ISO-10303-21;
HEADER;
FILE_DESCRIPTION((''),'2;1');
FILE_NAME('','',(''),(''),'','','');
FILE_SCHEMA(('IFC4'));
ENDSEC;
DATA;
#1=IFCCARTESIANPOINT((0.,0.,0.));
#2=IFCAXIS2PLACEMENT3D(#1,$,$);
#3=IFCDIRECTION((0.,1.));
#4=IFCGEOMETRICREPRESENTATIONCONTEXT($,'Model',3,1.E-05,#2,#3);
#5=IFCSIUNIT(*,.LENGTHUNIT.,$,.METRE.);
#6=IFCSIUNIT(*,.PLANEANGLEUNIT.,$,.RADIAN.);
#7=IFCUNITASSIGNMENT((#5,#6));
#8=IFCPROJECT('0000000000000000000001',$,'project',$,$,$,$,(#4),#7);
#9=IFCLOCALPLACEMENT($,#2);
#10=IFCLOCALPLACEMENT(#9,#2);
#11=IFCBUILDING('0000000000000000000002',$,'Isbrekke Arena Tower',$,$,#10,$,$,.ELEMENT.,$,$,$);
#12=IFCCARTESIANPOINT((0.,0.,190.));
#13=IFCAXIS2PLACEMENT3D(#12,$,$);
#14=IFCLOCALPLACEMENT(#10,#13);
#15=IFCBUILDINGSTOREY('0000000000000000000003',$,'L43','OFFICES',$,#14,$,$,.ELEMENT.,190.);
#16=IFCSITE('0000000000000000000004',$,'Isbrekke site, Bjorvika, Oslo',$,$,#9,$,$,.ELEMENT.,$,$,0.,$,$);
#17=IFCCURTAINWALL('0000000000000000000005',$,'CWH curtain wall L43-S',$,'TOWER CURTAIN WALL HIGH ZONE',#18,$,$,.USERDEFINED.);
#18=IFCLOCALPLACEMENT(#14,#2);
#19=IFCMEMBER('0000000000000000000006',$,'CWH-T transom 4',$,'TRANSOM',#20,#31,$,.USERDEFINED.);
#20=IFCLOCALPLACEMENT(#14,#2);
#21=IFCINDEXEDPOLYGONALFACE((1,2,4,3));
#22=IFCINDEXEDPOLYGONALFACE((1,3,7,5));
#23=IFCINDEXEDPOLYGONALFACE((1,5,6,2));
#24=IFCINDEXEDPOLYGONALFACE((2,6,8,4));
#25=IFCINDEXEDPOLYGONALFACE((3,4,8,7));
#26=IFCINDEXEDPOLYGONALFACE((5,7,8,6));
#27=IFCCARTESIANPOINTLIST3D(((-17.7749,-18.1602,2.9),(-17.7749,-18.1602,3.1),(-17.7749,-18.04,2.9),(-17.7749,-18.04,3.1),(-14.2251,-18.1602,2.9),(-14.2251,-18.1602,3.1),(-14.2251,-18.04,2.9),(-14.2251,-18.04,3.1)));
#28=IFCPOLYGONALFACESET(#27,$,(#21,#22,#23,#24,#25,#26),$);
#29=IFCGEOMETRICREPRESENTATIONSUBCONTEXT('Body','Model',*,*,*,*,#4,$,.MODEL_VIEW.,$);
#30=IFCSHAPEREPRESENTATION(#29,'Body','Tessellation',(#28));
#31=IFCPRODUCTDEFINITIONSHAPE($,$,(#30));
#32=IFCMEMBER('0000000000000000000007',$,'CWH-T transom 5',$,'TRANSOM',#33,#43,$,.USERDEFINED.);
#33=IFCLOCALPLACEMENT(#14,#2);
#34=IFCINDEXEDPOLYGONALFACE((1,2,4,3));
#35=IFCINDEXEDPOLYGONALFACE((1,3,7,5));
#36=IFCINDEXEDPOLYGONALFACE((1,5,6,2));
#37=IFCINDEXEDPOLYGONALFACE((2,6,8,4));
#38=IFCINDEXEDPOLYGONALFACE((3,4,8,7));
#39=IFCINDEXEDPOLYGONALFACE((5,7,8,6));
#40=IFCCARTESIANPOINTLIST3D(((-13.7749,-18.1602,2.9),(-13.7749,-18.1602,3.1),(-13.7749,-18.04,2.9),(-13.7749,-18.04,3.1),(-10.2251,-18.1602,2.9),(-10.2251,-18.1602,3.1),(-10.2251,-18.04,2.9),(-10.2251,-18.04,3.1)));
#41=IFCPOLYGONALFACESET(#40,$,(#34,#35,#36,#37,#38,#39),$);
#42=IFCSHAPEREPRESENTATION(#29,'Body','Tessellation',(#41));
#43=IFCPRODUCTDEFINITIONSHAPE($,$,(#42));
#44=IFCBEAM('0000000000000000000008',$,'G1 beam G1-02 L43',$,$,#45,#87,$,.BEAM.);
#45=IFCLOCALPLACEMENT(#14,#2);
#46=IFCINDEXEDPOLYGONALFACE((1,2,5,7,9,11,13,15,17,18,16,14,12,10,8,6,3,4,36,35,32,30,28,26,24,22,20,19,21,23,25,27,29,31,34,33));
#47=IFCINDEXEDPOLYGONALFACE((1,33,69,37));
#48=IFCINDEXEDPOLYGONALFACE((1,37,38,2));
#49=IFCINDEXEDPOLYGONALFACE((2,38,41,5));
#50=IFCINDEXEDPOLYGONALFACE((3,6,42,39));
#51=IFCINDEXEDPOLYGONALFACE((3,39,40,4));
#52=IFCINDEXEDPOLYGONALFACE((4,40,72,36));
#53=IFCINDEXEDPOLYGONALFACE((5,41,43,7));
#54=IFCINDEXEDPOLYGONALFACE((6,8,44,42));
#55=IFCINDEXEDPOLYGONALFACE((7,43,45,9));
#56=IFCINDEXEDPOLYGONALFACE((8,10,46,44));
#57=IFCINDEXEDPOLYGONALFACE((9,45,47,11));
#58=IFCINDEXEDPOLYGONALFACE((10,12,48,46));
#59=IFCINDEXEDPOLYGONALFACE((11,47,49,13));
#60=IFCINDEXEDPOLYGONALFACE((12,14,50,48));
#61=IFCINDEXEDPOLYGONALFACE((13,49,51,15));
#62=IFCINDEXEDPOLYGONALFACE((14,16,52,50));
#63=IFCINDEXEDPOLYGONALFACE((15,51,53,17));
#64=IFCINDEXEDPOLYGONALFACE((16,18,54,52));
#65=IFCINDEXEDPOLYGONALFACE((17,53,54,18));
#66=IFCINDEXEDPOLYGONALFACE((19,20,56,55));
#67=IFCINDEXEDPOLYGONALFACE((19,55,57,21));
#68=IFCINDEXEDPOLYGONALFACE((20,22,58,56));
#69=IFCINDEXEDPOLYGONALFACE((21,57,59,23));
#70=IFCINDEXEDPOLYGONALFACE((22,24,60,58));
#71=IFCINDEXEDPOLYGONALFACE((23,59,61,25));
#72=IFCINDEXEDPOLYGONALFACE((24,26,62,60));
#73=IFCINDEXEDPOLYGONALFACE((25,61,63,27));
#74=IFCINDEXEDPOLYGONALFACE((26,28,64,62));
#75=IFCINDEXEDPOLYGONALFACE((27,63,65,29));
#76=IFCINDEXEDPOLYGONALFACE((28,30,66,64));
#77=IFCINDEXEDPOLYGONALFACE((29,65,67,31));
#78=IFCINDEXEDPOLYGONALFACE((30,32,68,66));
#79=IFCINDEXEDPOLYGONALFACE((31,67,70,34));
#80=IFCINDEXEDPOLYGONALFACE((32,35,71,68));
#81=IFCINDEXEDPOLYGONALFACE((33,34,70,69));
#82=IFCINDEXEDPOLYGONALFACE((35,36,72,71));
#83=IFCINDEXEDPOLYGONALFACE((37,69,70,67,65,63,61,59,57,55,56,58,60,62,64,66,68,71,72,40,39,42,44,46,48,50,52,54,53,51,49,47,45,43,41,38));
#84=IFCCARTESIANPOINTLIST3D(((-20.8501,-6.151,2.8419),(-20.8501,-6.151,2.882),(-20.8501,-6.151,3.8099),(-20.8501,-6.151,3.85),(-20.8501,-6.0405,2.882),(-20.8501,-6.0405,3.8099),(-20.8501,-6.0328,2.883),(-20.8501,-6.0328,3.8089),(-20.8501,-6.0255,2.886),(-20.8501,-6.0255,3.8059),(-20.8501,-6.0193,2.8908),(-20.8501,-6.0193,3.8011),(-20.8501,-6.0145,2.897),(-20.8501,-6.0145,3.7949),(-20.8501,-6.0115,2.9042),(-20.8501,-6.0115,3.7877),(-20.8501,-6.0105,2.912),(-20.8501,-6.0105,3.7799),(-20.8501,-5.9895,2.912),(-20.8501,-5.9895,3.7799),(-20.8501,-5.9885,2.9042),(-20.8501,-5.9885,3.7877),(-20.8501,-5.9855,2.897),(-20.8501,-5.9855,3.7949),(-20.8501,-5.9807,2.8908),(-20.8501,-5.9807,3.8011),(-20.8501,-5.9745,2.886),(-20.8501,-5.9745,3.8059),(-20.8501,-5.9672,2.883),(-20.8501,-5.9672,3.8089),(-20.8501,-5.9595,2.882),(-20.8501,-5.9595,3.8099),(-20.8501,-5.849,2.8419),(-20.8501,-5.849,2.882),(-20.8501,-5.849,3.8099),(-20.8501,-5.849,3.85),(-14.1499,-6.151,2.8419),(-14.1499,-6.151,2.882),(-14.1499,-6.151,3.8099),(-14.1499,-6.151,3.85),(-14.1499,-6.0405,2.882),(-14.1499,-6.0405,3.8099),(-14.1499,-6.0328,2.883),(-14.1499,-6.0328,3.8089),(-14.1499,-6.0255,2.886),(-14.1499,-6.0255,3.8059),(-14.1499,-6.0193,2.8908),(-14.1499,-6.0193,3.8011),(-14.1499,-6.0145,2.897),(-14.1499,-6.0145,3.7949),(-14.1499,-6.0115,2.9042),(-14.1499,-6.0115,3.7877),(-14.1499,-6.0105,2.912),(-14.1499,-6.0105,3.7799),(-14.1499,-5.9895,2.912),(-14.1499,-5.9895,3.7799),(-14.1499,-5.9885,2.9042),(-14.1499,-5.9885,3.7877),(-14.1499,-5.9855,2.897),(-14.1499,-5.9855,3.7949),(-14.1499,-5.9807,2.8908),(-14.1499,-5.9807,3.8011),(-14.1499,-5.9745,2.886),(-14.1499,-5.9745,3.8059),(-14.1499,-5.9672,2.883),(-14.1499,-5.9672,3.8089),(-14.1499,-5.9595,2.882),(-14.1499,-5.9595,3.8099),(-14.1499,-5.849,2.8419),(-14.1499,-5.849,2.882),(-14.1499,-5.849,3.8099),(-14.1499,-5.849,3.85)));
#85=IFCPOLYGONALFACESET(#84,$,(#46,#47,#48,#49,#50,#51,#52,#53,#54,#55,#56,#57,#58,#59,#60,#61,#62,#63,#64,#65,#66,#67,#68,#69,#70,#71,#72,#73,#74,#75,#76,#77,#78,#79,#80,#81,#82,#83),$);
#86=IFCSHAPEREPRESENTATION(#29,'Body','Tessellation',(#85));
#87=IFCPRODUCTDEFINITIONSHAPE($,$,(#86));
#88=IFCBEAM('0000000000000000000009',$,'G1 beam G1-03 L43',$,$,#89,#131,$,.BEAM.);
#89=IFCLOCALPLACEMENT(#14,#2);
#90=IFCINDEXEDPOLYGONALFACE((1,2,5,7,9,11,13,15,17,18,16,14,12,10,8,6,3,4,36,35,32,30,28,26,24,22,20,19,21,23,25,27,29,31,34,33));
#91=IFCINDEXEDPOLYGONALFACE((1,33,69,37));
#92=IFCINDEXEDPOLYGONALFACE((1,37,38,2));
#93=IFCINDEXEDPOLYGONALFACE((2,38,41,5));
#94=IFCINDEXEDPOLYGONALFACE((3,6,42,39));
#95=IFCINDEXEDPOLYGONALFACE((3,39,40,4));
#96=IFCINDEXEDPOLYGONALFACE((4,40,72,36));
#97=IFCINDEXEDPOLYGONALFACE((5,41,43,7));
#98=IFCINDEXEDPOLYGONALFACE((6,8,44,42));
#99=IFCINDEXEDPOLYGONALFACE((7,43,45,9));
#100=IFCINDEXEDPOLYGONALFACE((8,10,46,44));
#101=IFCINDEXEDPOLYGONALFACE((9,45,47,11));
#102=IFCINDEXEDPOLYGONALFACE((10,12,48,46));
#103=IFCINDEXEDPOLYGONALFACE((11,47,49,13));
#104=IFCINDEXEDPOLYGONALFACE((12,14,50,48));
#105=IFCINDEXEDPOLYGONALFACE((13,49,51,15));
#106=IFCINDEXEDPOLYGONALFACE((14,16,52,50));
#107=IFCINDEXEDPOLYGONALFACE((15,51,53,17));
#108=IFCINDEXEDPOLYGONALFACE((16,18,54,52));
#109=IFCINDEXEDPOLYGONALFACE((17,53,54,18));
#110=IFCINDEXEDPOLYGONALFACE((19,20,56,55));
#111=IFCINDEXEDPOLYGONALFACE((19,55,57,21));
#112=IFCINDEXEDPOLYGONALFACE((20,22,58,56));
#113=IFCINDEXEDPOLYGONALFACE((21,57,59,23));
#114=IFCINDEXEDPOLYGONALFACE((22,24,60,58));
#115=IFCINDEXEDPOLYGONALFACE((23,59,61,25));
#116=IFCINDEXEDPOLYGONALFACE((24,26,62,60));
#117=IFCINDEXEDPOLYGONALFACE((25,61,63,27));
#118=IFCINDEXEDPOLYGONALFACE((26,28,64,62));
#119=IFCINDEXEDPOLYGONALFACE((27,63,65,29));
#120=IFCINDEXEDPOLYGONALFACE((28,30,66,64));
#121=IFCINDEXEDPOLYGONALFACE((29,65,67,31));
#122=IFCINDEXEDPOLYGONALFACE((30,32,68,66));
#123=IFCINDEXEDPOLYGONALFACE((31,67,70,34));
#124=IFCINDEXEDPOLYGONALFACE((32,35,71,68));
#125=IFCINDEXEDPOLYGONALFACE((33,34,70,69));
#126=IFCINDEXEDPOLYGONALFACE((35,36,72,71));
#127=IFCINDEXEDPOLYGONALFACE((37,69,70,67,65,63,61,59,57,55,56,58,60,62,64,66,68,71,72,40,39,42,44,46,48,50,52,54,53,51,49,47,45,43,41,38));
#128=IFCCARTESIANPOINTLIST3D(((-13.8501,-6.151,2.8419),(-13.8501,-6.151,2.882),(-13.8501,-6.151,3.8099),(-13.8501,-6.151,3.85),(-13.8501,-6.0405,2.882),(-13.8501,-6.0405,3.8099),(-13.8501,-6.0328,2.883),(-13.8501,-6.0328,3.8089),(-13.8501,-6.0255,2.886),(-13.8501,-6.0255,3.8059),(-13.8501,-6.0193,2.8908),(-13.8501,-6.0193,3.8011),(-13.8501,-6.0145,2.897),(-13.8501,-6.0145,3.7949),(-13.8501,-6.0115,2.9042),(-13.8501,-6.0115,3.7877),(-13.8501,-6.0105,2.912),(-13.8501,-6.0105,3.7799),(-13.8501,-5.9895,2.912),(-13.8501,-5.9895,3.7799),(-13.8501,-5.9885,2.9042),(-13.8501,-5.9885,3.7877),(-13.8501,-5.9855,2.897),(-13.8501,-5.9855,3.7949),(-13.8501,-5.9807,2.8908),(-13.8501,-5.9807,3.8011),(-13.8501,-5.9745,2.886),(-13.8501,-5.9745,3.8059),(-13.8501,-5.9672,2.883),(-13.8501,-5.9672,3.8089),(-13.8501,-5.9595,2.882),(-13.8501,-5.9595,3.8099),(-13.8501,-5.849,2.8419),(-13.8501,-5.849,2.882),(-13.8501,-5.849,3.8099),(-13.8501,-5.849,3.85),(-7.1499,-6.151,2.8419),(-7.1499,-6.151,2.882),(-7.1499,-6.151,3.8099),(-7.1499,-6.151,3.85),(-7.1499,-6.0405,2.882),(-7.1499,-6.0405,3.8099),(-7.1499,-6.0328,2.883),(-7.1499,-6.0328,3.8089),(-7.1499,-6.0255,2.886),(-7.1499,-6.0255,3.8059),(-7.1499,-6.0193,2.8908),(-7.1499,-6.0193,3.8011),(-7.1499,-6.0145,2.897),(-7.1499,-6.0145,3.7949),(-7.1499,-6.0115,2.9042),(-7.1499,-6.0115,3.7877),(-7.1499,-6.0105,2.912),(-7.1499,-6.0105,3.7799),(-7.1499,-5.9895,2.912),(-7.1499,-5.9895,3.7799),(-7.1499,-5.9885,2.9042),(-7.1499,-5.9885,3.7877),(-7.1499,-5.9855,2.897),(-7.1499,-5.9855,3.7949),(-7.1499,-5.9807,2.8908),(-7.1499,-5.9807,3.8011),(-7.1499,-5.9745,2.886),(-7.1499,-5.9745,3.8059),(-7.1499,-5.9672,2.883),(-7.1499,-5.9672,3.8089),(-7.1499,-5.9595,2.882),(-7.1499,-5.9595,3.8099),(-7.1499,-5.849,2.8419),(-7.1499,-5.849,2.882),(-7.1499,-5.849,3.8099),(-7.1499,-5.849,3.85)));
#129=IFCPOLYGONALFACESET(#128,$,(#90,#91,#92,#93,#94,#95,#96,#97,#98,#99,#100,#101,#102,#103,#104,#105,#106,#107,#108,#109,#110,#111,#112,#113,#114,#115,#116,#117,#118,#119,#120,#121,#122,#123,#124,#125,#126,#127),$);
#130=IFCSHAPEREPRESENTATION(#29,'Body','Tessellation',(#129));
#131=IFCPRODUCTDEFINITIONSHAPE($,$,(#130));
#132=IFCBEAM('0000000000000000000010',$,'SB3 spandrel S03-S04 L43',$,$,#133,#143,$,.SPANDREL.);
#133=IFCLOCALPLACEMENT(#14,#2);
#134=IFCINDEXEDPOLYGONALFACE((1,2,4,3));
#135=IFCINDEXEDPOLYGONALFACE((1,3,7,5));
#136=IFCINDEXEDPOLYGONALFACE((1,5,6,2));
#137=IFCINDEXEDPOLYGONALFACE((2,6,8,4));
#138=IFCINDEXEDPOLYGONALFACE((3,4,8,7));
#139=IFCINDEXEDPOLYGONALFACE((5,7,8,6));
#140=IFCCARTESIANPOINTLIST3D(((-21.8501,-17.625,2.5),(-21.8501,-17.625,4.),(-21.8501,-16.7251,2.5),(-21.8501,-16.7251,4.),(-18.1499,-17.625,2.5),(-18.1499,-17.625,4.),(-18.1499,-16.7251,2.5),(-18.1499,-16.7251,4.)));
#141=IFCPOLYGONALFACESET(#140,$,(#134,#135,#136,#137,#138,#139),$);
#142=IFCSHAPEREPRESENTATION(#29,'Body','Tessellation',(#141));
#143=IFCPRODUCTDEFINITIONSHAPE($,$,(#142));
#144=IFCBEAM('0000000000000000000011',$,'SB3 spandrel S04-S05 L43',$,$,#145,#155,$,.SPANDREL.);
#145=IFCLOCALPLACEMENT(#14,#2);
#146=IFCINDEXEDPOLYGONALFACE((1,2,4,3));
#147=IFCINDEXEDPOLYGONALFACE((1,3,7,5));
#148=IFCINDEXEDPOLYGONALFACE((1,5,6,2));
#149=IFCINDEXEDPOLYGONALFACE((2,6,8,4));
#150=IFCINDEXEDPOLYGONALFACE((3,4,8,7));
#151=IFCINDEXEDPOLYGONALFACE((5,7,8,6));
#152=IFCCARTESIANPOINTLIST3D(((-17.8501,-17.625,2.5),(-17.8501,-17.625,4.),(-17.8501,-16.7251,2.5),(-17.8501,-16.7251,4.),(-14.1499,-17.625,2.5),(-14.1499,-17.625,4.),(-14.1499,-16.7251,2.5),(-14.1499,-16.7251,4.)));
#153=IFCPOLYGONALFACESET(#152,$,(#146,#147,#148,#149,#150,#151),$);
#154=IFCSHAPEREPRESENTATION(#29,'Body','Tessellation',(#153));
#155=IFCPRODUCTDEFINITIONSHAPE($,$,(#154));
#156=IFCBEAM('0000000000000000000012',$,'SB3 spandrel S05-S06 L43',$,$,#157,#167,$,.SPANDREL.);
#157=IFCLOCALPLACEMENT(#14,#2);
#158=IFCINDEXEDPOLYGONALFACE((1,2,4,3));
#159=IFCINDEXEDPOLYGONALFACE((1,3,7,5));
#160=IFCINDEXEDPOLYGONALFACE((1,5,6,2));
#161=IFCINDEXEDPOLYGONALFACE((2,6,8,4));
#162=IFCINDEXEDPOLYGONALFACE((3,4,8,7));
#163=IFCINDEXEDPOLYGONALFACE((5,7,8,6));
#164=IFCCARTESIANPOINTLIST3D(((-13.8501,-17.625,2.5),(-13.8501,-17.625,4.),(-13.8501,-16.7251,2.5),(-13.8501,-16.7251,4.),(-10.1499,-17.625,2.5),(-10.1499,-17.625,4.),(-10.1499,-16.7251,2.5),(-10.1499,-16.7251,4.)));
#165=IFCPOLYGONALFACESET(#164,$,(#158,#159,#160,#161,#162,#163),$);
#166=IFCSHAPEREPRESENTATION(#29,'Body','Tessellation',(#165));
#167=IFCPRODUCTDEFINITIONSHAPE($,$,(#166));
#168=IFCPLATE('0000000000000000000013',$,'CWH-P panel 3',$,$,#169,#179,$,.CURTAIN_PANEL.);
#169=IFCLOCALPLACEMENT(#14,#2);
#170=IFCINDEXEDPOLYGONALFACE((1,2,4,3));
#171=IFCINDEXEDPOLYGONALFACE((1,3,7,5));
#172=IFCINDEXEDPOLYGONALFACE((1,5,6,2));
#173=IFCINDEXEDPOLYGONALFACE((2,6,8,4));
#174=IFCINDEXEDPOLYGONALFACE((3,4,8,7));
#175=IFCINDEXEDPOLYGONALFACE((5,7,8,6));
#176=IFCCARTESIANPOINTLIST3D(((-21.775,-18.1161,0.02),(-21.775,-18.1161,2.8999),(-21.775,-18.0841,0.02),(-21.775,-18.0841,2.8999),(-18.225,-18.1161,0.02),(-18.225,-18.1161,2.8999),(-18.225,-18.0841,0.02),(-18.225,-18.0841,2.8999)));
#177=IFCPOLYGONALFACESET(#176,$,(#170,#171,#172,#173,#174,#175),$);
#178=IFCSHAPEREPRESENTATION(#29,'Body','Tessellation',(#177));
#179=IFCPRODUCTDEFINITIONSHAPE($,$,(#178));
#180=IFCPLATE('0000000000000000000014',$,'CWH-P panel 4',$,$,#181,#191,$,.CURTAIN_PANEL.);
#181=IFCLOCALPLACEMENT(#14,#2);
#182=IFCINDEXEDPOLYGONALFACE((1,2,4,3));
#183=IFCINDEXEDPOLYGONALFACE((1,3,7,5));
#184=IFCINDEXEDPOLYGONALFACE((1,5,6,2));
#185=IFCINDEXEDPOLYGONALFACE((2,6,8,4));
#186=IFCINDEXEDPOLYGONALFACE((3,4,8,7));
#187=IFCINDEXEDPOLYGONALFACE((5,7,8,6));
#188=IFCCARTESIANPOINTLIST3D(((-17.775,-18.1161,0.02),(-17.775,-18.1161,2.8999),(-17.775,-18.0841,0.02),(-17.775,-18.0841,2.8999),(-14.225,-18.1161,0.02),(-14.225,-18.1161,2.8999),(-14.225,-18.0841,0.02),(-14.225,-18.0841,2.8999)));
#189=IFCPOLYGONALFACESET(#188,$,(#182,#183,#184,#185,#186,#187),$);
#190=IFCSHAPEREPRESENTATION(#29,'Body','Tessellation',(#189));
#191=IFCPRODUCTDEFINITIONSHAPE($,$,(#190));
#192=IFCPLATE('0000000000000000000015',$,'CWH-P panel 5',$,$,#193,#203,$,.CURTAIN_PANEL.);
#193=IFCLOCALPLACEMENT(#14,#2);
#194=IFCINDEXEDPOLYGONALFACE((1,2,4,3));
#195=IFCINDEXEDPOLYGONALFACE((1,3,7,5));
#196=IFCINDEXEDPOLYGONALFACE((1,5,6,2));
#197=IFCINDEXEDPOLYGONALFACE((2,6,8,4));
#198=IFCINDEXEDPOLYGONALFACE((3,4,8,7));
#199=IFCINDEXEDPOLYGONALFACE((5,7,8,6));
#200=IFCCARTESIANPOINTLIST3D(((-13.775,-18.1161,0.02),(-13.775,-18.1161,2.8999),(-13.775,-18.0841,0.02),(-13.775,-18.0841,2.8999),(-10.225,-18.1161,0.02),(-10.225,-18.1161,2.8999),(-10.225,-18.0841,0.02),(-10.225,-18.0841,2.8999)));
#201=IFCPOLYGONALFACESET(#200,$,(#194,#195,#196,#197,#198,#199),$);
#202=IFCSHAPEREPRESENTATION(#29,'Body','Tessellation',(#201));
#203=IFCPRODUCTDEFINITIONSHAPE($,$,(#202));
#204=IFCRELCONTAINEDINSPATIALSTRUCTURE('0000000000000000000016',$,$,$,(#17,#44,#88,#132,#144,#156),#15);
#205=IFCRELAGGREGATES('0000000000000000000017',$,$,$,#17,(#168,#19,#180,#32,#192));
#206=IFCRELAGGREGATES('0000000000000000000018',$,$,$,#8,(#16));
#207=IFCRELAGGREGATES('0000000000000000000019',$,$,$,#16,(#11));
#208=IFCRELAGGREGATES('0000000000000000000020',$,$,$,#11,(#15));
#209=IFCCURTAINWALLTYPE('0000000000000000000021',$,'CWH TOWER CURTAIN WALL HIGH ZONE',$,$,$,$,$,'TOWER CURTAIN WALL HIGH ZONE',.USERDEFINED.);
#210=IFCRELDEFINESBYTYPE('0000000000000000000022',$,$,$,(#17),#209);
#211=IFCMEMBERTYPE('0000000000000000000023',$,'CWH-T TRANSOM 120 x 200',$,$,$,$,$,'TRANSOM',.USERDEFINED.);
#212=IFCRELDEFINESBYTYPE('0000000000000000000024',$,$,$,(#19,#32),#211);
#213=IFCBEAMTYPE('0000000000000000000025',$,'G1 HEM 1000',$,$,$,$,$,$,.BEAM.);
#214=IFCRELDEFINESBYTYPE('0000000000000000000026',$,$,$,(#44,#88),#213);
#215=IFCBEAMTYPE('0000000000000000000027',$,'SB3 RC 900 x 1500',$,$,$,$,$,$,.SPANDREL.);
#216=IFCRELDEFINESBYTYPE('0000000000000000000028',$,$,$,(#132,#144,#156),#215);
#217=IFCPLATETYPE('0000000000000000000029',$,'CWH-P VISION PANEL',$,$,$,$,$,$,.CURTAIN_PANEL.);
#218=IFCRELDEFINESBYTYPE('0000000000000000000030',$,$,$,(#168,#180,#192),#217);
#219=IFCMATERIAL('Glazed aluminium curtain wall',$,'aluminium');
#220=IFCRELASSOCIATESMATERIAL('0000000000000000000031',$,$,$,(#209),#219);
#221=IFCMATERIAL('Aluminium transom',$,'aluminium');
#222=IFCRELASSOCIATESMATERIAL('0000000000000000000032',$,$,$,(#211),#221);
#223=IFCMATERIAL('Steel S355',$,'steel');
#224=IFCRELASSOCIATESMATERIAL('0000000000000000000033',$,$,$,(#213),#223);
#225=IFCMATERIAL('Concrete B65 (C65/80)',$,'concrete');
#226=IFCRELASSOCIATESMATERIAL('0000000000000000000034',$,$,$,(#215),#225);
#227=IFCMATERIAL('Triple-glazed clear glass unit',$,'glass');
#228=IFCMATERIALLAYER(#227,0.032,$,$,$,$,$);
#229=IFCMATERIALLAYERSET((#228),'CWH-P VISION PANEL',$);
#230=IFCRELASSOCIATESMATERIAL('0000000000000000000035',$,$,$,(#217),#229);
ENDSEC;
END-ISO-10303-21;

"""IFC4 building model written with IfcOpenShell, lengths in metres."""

from ifc_helpers import new_model, si_unit, direction, frame, origin, origin_2d, place, context, subcontext, project, spatial, rectangle, i_section, extrude, material, layer, layer_set, material_profile, profile_set, type_object, element, aggregate, save


model = new_model("IFC4")

# Units and contexts
model_context = context("Model", 3, precision=1e-05, world=origin(), true_north=direction((0.0, 1.0)))
body_context = subcontext(model_context, "Body", "Model", "MODEL_VIEW")
ifc_project = project(units=[si_unit("LENGTHUNIT", "METRE"), si_unit("PLANEANGLEUNIT", "RADIAN")], contexts=[model_context])

# Site, building, storey
site_placement = place(None, origin())
site = spatial("IfcSite", under=ifc_project, at=site_placement, Name="Isbrekke site, Bjorvika, Oslo", CompositionType="ELEMENT", RefElevation=0.0)
building_placement = place(site_placement, origin())
building = spatial("IfcBuilding", under=site, at=building_placement, Name="Isbrekke Arena Tower", CompositionType="ELEMENT")
storey_placement = place(building_placement, frame((0.0, 0.0, 190.0)))
storey = spatial("IfcBuildingStorey", under=building, at=storey_placement, Name="L43", Description="OFFICES", CompositionType="ELEMENT", Elevation=190.0)

# Curtain wall, members
ifc_material_1 = material(Name="Glazed aluminium curtain wall", Category="aluminium")
curtain_wall_type = type_object("IfcCurtainWallType", Name="CWH TOWER CURTAIN WALL HIGH ZONE", ElementType="TOWER CURTAIN WALL HIGH ZONE", PredefinedType="USERDEFINED", material=ifc_material_1)
curtain_wall_placement = place(storey_placement, origin())
curtain_wall = element("IfcCurtainWall", 1, at=curtain_wall_placement, inside=storey, type_object=curtain_wall_type, Name="CWH curtain wall L43-S", ObjectType="TOWER CURTAIN WALL HIGH ZONE", PredefinedType="USERDEFINED")
ifc_material_2 = material(Name="Aluminium transom", Category="aluminium")
ifc_material_profile_1 = material_profile(ifc_material_2, rectangle(XDim=0.1201, YDim=0.2, at=origin_2d()), Name="TRANSOM 120X200")
ifc_profile_set_1 = profile_set([ifc_material_profile_1], Name="Aluminium transom")
member_type_1 = type_object("IfcMemberType", Name="CWH-T TRANSOM 120 x 200", ElementType="TRANSOM", PredefinedType="USERDEFINED", material=ifc_profile_set_1)
member_1_placement = place(storey_placement, frame((-17.7749, -18.1001, 3.0), z_axis=(1.0, 0.0, 0.0), x_axis=(0.0, 1.0, 0.0)))
member_1 = element("IfcMember", 2, at=member_1_placement, type_object=member_type_1, Name="CWH-T transom 4", ObjectType="TRANSOM", PredefinedType="USERDEFINED", context=body_context, shape_type="SweptSolid", body=[
    extrude(rectangle(XDim=0.1201, YDim=0.2, at=origin_2d()), origin(), (0.0, 0.0, 1.0), 3.5498),
])
member_2_placement = place(storey_placement, frame((-13.7749, -18.1001, 3.0), z_axis=(1.0, 0.0, 0.0), x_axis=(0.0, 1.0, 0.0)))
member_2 = element("IfcMember", 3, at=member_2_placement, type_object=member_type_1, Name="CWH-T transom 5", ObjectType="TRANSOM", PredefinedType="USERDEFINED", context=body_context, shape_type="SweptSolid", body=[
    extrude(rectangle(XDim=0.1201, YDim=0.2, at=origin_2d()), origin(), (0.0, 0.0, 1.0), 3.5498),
])

# Beams
ifc_material_3 = material(Name="Steel S355", Category="steel")
ifc_material_profile_2 = material_profile(ifc_material_3, i_section(OverallWidth=0.302, OverallDepth=1.0081, WebThickness=0.021, FlangeThickness=0.04, FilletRadius=0.03, at=origin_2d()), Name="HEM 1000")
ifc_profile_set_2 = profile_set([ifc_material_profile_2], Name="Steel S355")
beam_type_1 = type_object("IfcBeamType", Name="G1 HEM 1000", PredefinedType="BEAM", material=ifc_profile_set_2)
for number, where, z_axis, x_axis, name in (
    (4, (-20.8501, -6.0, 3.3459), (1.0, 0.0, 0.0), (0.0, 1.0, 0.0), "G1 beam G1-02 L43"),
    (5, (-13.8501, -6.0, 3.3459), (1.0, 0.0, 0.0), (0.0, 1.0, 0.0), "G1 beam G1-03 L43"),
):
    element("IfcBeam", number, at=place(storey_placement, frame(where, z_axis=z_axis, x_axis=x_axis)), inside=storey, type_object=beam_type_1, Name=name, PredefinedType="BEAM", context=body_context, shape_type="SweptSolid", body=[
        extrude(i_section(OverallWidth=0.302, OverallDepth=1.0081, WebThickness=0.021, FlangeThickness=0.04, FilletRadius=0.03, at=origin_2d()), origin(), (0.0, 0.0, 1.0), 6.7002),
    ])
ifc_material_4 = material(Name="Concrete B65 (C65/80)", Category="concrete")
ifc_material_profile_3 = material_profile(ifc_material_4, rectangle(XDim=0.8999, YDim=1.5, at=origin_2d()), Name="RC 900x1500")
ifc_profile_set_3 = profile_set([ifc_material_profile_3], Name="Concrete B65 (C65/80)")
beam_type_2 = type_object("IfcBeamType", Name="SB3 RC 900 x 1500", PredefinedType="SPANDREL", material=ifc_profile_set_3)
for number, where, z_axis, x_axis, name in (
    (6, (-21.8501, -17.175, 3.25), (1.0, 0.0, 0.0), (0.0, 1.0, 0.0), "SB3 spandrel S03-S04 L43"),
    (7, (-17.8501, -17.175, 3.25), (1.0, 0.0, 0.0), (0.0, 1.0, 0.0), "SB3 spandrel S04-S05 L43"),
    (8, (-13.8501, -17.175, 3.25), (1.0, 0.0, 0.0), (0.0, 1.0, 0.0), "SB3 spandrel S05-S06 L43"),
):
    element("IfcBeam", number, at=place(storey_placement, frame(where, z_axis=z_axis, x_axis=x_axis)), inside=storey, type_object=beam_type_2, Name=name, PredefinedType="SPANDREL", context=body_context, shape_type="SweptSolid", body=[
        extrude(rectangle(XDim=0.8999, YDim=1.5, at=origin_2d()), origin(), (0.0, 0.0, 1.0), 3.7002),
    ])

# Plates
ifc_material_5 = material(Name="Triple-glazed clear glass unit", Category="glass")
ifc_layer_1 = layer(ifc_material_5, 0.032)
ifc_layer_set_1 = layer_set([ifc_layer_1], Name="CWH-P VISION PANEL")
plate_type = type_object("IfcPlateType", Name="CWH-P VISION PANEL", PredefinedType="CURTAIN_PANEL", material=ifc_layer_set_1)
plate_1_placement = place(storey_placement, frame((-20.0, -18.1001, 0.02), z_axis=(0.0, 0.0, 1.0), x_axis=(1.0, 0.0, 0.0)))
plate_1 = element("IfcPlate", 9, at=plate_1_placement, type_object=plate_type, Name="CWH-P panel 3", PredefinedType="CURTAIN_PANEL", context=body_context, shape_type="SweptSolid", body=[
    extrude(rectangle(XDim=3.55, YDim=0.032, at=origin_2d()), origin(), (0.0, 0.0, 1.0), 2.8799),
])
plate_2_placement = place(storey_placement, frame((-16.0, -18.1001, 0.02), z_axis=(0.0, 0.0, 1.0), x_axis=(1.0, 0.0, 0.0)))
plate_2 = element("IfcPlate", 10, at=plate_2_placement, type_object=plate_type, Name="CWH-P panel 4", PredefinedType="CURTAIN_PANEL", context=body_context, shape_type="SweptSolid", body=[
    extrude(rectangle(XDim=3.55, YDim=0.032, at=origin_2d()), origin(), (0.0, 0.0, 1.0), 2.8799),
])
plate_3_placement = place(storey_placement, frame((-12.0, -18.1001, 0.02), z_axis=(0.0, 0.0, 1.0), x_axis=(1.0, 0.0, 0.0)))
plate_3 = element("IfcPlate", 11, at=plate_3_placement, type_object=plate_type, Name="CWH-P panel 5", PredefinedType="CURTAIN_PANEL", context=body_context, shape_type="SweptSolid", body=[
    extrude(rectangle(XDim=3.55, YDim=0.032, at=origin_2d()), origin(), (0.0, 0.0, 1.0), 2.8799),
])
aggregate(curtain_wall, [plate_1, member_1, plate_2, member_2, plate_3])

save(model, "model.ifc")
